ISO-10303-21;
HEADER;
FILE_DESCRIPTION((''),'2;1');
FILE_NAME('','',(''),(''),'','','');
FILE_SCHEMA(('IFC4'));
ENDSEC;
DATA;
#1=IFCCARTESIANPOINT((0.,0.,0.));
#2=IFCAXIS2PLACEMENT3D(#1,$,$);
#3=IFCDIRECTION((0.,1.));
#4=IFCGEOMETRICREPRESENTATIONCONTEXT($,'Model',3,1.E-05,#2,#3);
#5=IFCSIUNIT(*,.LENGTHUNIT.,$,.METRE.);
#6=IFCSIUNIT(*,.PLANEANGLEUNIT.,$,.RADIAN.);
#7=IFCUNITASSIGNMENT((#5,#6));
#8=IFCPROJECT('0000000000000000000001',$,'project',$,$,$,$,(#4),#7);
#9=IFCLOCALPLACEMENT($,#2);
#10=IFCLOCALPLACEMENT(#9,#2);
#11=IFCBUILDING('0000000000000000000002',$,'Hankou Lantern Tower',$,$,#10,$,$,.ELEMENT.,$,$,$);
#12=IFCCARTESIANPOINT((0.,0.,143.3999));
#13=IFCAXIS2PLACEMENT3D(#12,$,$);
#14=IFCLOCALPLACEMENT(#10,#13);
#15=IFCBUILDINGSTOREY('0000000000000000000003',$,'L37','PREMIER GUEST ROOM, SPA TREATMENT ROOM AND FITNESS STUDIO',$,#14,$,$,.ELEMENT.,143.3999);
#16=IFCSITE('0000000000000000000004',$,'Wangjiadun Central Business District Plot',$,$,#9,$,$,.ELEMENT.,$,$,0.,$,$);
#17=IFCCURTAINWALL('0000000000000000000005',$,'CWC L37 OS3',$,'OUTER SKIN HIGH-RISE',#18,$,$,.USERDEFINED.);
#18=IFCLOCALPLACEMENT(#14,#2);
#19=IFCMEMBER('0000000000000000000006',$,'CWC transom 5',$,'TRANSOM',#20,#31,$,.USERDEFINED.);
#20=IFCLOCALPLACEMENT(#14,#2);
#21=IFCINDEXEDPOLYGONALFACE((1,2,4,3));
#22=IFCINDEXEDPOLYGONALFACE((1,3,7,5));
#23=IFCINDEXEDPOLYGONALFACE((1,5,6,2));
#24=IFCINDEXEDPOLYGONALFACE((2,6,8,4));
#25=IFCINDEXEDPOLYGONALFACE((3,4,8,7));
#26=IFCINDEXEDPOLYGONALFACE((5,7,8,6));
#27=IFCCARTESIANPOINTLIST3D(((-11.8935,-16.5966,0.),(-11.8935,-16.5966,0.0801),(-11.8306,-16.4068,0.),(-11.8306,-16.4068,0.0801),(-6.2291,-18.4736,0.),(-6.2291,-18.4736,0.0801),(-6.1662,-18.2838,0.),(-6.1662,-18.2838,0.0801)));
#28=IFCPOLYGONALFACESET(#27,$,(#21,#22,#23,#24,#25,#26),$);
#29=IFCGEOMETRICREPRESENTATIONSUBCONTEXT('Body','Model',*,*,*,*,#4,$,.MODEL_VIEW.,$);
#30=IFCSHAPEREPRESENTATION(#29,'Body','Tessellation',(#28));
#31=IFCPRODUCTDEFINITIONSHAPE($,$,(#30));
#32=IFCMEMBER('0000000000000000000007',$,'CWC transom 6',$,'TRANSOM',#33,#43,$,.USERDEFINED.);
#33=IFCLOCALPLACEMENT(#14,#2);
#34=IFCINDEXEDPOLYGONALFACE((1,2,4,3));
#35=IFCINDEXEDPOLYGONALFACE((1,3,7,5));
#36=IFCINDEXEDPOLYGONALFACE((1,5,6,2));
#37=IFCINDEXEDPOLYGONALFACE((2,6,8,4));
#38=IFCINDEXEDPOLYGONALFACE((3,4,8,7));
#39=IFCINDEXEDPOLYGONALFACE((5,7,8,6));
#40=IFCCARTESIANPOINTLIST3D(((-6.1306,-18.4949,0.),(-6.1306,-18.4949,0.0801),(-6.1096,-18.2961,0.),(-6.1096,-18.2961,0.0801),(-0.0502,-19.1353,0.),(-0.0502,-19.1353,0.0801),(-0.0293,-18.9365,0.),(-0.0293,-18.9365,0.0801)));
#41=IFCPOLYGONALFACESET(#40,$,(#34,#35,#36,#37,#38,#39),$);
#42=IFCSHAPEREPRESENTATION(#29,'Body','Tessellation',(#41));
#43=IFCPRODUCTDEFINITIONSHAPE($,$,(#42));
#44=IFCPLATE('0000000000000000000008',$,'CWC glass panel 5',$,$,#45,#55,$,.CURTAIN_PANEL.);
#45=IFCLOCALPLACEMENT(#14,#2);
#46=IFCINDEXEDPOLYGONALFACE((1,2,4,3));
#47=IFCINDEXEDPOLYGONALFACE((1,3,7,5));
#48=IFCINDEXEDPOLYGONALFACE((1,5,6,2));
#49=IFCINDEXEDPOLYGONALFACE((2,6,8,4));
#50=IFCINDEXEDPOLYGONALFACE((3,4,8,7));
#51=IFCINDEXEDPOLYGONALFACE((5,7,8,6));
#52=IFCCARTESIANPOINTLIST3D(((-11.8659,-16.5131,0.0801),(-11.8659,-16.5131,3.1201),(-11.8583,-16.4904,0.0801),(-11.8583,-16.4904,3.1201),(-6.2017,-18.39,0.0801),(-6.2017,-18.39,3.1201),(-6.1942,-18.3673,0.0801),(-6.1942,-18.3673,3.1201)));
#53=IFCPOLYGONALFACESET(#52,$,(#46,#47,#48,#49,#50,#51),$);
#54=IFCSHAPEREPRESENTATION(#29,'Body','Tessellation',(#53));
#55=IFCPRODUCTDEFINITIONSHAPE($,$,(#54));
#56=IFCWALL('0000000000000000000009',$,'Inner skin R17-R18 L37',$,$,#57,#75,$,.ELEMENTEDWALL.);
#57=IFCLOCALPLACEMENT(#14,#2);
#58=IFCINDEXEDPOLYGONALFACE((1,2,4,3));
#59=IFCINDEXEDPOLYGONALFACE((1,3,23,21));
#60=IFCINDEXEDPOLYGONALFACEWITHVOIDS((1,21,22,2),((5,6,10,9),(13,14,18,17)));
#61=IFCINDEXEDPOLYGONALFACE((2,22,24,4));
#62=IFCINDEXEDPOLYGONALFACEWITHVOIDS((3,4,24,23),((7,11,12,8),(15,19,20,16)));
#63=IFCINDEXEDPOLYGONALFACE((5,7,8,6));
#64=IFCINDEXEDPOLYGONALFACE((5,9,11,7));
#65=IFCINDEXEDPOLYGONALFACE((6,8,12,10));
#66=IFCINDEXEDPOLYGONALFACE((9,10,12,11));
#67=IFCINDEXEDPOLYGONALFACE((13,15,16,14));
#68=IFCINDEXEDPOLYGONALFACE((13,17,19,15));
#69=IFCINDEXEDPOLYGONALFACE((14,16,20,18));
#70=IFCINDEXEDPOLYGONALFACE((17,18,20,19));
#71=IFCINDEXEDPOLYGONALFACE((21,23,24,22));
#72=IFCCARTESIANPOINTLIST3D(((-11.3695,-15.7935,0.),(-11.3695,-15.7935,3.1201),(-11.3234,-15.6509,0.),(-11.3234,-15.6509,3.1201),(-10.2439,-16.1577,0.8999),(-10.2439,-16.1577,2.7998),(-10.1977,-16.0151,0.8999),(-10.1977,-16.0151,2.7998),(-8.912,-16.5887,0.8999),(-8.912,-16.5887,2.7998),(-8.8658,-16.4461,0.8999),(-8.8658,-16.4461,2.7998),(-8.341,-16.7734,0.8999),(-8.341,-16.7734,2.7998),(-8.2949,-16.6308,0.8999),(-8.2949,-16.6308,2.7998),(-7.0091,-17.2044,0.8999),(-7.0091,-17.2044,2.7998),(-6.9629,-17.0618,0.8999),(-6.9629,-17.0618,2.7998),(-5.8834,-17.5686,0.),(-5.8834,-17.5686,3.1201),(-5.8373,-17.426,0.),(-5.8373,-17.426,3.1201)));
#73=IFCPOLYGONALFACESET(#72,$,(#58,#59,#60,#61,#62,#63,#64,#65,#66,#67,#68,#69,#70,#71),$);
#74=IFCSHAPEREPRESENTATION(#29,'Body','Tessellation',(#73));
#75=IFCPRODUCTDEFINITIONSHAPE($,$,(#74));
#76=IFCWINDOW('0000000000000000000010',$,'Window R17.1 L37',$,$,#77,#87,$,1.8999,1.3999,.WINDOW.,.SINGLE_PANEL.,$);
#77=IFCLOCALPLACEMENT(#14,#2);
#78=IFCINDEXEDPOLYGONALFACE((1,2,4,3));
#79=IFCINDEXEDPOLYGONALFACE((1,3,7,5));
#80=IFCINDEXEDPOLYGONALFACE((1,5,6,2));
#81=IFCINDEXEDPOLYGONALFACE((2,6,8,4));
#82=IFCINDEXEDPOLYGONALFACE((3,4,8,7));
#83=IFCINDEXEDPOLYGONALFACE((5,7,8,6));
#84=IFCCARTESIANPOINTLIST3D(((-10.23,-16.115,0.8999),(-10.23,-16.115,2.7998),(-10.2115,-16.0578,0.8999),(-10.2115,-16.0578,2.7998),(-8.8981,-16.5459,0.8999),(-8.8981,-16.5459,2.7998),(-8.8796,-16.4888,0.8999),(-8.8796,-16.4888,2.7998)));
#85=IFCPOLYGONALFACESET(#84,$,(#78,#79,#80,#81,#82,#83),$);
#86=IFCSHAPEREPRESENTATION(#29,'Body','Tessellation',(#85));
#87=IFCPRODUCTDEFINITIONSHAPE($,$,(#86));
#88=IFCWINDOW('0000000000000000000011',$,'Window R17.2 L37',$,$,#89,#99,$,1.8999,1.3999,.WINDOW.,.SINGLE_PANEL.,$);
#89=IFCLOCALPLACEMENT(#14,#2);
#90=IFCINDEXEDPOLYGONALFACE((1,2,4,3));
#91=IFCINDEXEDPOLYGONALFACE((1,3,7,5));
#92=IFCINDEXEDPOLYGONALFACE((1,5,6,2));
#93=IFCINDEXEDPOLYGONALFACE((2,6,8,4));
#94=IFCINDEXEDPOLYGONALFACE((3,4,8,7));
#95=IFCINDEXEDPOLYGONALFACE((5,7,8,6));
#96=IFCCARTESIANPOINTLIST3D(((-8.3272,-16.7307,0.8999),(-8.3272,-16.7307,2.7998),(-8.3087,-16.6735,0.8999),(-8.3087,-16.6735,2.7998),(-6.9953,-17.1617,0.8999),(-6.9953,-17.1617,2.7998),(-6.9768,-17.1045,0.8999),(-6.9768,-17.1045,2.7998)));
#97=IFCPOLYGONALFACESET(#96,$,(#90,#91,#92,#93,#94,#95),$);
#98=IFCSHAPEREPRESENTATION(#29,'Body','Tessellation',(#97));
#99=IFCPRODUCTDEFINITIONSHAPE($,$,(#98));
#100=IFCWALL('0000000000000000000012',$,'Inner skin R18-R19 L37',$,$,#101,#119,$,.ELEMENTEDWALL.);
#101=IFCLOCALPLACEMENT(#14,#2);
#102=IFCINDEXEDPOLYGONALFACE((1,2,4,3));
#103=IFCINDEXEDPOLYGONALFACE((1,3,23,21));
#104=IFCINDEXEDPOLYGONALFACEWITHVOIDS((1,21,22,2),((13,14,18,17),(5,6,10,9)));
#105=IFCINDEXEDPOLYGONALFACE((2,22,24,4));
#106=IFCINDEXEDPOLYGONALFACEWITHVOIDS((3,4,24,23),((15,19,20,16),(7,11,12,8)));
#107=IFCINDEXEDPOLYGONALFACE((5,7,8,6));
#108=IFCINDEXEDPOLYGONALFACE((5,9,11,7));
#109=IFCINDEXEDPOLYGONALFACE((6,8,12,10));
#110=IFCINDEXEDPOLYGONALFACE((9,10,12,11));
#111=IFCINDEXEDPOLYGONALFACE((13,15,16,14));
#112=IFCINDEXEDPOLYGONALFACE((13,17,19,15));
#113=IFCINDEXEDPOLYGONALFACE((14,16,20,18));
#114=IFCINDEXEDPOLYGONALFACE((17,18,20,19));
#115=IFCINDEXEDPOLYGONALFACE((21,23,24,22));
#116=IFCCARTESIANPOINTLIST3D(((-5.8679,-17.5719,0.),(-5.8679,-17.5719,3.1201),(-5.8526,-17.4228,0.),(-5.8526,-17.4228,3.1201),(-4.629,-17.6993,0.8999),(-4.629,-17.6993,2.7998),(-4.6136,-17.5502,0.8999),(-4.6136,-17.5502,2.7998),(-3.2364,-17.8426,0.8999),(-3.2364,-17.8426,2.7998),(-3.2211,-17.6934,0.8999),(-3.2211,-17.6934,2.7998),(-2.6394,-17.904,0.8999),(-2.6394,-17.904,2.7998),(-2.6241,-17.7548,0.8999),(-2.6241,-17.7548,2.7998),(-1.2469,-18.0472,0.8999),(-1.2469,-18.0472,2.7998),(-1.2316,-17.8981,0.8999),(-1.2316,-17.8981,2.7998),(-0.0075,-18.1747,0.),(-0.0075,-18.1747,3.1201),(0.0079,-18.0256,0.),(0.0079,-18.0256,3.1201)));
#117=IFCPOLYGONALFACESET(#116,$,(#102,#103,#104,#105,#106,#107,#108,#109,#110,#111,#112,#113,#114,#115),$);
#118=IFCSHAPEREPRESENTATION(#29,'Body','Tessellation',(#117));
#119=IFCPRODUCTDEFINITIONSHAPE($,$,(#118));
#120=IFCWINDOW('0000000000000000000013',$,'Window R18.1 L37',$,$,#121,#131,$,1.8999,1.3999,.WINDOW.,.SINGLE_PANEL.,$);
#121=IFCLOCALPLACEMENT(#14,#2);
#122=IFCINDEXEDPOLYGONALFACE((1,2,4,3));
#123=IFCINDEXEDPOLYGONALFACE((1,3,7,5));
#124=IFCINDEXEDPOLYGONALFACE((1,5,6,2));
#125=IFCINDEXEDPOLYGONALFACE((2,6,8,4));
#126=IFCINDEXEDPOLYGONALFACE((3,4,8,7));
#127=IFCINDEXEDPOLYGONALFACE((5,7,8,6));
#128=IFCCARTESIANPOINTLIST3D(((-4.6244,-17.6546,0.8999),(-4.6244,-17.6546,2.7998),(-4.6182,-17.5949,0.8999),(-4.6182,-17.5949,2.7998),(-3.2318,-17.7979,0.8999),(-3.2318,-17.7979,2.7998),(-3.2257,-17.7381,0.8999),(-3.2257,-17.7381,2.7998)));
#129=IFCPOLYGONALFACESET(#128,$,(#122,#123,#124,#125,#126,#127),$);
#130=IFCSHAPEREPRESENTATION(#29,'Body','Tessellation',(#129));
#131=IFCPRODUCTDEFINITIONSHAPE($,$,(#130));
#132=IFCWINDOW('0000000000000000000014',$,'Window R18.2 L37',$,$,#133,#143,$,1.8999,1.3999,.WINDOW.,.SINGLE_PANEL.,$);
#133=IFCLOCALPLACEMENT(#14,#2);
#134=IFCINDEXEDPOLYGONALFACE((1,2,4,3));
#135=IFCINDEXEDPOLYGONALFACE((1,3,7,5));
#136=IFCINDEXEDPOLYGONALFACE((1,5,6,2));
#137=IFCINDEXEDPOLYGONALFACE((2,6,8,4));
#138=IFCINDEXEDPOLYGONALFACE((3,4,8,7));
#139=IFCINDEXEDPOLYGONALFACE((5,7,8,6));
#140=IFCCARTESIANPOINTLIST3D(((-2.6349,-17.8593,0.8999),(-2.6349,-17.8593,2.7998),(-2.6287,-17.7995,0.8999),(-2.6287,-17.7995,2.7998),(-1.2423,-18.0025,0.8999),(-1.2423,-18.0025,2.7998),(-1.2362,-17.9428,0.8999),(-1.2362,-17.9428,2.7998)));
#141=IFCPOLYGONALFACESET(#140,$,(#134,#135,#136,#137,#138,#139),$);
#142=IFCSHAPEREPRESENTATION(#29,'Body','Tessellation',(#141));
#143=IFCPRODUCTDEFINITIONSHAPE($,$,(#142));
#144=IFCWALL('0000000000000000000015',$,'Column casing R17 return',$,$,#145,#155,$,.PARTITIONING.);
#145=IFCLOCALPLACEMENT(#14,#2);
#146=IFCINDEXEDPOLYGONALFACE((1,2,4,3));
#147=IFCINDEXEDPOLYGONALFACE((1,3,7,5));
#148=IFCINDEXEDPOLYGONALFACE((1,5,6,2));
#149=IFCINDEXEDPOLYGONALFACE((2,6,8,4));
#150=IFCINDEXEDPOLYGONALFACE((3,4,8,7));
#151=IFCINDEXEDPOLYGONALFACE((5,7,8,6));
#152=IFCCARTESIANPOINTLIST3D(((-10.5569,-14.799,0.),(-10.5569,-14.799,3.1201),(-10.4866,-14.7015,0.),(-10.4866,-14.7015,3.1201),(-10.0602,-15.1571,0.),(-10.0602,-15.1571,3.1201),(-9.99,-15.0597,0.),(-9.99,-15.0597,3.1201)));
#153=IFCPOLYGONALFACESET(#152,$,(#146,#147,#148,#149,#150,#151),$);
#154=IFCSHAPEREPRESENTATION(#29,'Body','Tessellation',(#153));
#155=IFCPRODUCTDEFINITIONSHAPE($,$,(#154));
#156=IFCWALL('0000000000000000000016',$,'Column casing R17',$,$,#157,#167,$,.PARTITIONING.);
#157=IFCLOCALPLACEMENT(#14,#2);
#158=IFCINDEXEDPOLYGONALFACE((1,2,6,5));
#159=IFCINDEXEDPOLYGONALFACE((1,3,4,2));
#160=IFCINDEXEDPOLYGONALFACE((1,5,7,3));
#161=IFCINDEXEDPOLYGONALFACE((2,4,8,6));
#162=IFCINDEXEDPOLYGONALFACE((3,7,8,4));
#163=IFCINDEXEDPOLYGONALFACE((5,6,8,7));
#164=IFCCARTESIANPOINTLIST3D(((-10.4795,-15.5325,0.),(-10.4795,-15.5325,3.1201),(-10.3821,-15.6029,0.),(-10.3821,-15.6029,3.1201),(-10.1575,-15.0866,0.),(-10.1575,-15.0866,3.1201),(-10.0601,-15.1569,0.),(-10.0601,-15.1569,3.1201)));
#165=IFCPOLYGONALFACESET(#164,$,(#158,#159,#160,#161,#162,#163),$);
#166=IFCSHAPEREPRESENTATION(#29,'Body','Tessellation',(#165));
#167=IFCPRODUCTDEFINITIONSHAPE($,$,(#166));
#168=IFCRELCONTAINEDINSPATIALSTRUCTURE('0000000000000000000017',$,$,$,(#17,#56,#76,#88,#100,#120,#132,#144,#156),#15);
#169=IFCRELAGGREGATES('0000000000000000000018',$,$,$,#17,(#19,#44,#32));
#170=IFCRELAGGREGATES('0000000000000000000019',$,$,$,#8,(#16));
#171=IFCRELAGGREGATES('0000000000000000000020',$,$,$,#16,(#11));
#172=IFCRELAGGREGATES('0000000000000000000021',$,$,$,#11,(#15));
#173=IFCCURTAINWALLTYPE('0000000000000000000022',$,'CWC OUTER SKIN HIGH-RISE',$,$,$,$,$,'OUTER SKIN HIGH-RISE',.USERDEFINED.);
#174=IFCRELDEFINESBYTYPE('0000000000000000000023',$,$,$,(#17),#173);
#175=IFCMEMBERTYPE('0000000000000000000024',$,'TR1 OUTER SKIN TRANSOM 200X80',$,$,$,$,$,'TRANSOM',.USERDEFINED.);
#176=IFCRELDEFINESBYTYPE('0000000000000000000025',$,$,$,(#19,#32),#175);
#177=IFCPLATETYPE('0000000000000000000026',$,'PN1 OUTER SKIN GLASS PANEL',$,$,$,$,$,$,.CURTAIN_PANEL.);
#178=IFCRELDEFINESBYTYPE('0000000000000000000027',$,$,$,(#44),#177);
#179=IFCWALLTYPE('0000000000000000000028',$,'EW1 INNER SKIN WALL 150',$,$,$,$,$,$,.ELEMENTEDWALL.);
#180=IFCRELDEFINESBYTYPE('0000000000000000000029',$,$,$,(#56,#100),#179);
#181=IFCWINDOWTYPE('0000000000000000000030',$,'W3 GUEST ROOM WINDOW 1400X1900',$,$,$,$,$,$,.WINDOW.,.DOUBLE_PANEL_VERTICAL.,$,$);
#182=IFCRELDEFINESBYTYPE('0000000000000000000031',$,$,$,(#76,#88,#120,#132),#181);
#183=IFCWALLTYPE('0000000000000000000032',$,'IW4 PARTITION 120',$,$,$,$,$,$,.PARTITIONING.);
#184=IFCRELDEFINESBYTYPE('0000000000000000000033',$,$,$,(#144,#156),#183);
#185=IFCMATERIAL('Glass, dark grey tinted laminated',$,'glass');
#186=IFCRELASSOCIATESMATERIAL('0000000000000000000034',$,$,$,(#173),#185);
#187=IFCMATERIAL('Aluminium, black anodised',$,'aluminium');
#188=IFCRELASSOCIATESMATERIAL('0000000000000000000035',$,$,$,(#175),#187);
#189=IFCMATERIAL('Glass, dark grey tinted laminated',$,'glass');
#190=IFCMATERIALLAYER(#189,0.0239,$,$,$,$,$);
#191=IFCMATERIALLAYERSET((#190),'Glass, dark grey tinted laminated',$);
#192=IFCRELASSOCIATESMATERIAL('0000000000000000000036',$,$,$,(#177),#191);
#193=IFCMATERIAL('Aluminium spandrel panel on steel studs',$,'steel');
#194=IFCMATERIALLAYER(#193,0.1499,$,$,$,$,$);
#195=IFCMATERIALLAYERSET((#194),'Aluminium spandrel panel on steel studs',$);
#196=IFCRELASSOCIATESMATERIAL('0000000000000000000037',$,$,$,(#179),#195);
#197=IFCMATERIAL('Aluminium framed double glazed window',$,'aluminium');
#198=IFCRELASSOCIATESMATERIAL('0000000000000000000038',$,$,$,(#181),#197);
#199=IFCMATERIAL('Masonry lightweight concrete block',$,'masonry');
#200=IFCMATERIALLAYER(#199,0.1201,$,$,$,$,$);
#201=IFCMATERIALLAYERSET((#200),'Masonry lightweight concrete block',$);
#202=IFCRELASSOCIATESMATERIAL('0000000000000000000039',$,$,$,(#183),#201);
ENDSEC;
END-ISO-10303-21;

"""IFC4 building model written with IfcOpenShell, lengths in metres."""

from ifc_helpers import new_model, si_unit, direction, frame, frame_2d, origin, origin_2d, place, context, subcontext, project, spatial, rectangle, extrude, material, layer, layer_set, material_profile, profile_set, type_object, element, fill, aggregate, save


model = new_model("IFC4")

# Units and contexts
model_context = context("Model", 3, precision=1e-05, world=origin(), true_north=direction((0.0, 1.0)))
body_context = subcontext(model_context, "Body", "Model", "MODEL_VIEW")
ifc_project = project(units=[si_unit("LENGTHUNIT", "METRE"), si_unit("PLANEANGLEUNIT", "RADIAN")], contexts=[model_context])

# Site, building, storey
site_placement = place(None, origin())
site = spatial("IfcSite", under=ifc_project, at=site_placement, Name="Wangjiadun Central Business District Plot", CompositionType="ELEMENT", RefElevation=0.0)
building_placement = place(site_placement, origin())
building = spatial("IfcBuilding", under=site, at=building_placement, Name="Hankou Lantern Tower", CompositionType="ELEMENT")
storey_placement = place(building_placement, frame((0.0, 0.0, 143.3999)))
storey = spatial("IfcBuildingStorey", under=building, at=storey_placement, Name="L37", Description="PREMIER GUEST ROOM, SPA TREATMENT ROOM AND FITNESS STUDIO", CompositionType="ELEMENT", Elevation=143.3999)

# Curtain wall
ifc_material_1 = material(Name="Glass, dark grey tinted laminated", Category="glass")
curtain_wall_type = type_object("IfcCurtainWallType", Name="CWC OUTER SKIN HIGH-RISE", ElementType="OUTER SKIN HIGH-RISE", PredefinedType="USERDEFINED", material=ifc_material_1)
curtain_wall_placement = place(storey_placement, origin())
curtain_wall = element("IfcCurtainWall", 1, at=curtain_wall_placement, inside=storey, type_object=curtain_wall_type, Name="CWC L37 OS3", ObjectType="OUTER SKIN HIGH-RISE", PredefinedType="USERDEFINED")

# Members
ifc_material_2 = material(Name="Aluminium, black anodised", Category="aluminium")
ifc_material_profile_1 = material_profile(ifc_material_2, rectangle(XDim=0.2, YDim=0.0801, at=origin_2d()), Name="TR1 200X80")
ifc_profile_set_1 = profile_set([ifc_material_profile_1], Name="Aluminium, black anodised")
member_type_1 = type_object("IfcMemberType", Name="TR1 OUTER SKIN TRANSOM 200X80", ElementType="TRANSOM", PredefinedType="USERDEFINED", material=ifc_profile_set_1)
member_1_placement = place(storey_placement, frame((-11.8621, -16.5017, 0.04), z_axis=(0.949242, -0.314546, 0.0), x_axis=(0.314546, 0.949242, 0.0)))
member_1 = element("IfcMember", 2, at=member_1_placement, type_object=member_type_1, Name="CWC transom 5", ObjectType="TRANSOM", PredefinedType="USERDEFINED", context=body_context, shape_type="SweptSolid", body=[
    extrude(rectangle(XDim=0.2, YDim=0.0801, at=origin_2d()), origin(), (0.0, 0.0, 1.0), 5.9673),
])
member_2_placement = place(storey_placement, frame((-6.1201, -18.3955, 0.04), z_axis=(0.9945, -0.104741, 0.0), x_axis=(0.104741, 0.9945, 0.0)))
member_2 = element("IfcMember", 3, at=member_2_placement, type_object=member_type_1, Name="CWC transom 6", ObjectType="TRANSOM", PredefinedType="USERDEFINED", context=body_context, shape_type="SweptSolid", body=[
    extrude(rectangle(XDim=0.2, YDim=0.0801, at=origin_2d()), origin(), (0.0, 0.0, 1.0), 6.114),
])

# Plate
ifc_material_3 = material(Name="Glass, dark grey tinted laminated", Category="glass")
ifc_layer_1 = layer(ifc_material_3, 0.0239)
ifc_layer_set_1 = layer_set([ifc_layer_1], Name="Glass, dark grey tinted laminated")
plate_type = type_object("IfcPlateType", Name="PN1 OUTER SKIN GLASS PANEL", PredefinedType="CURTAIN_PANEL", material=ifc_layer_set_1)
plate_placement = place(storey_placement, frame((-9.03, -17.4402, 0.0801), z_axis=(0.0, 0.0, 1.0), x_axis=(0.949241, -0.314551, 0.0)))
plate = element("IfcPlate", 4, at=plate_placement, type_object=plate_type, Name="CWC glass panel 5", PredefinedType="CURTAIN_PANEL", context=body_context, shape_type="SweptSolid", body=[
    extrude(rectangle(XDim=5.967, YDim=0.0239, at=origin_2d()), origin(), (0.0, 0.0, 1.0), 3.04),
])
aggregate(curtain_wall, [member_1, plate, member_2])

# Walls, openings, windows
ifc_material_4 = material(Name="Aluminium spandrel panel on steel studs", Category="steel")
ifc_layer_2 = layer(ifc_material_4, 0.1499)
ifc_layer_set_2 = layer_set([ifc_layer_2], Name="Aluminium spandrel panel on steel studs")
wall_type_1 = type_object("IfcWallType", Name="EW1 INNER SKIN WALL 150", PredefinedType="ELEMENTEDWALL", material=ifc_layer_set_2)
wall_1_placement = place(storey_placement, frame((-11.3464, -15.7222, 0.0), z_axis=(0.0, 0.0, 1.0), x_axis=(0.951432, -0.307857, 0.0)))
wall_1 = element("IfcWall", 5, at=wall_1_placement, inside=storey, type_object=wall_type_1, Name="Inner skin R17-R18 L37", PredefinedType="ELEMENTEDWALL", context=body_context, shape_type="SweptSolid", body=[
    extrude(rectangle(XDim=5.7661, YDim=0.1499, at=frame_2d((2.8831, 0.0))), origin(), (0.0, 0.0, 1.0), 3.1201),
])
opening_1_placement = place(wall_1_placement, frame((1.1831, 0.0, 0.8999)))
opening_1 = element("IfcOpeningElement", 6, at=opening_1_placement, cuts=wall_1, PredefinedType="OPENING", context=body_context, shape_type="SweptSolid", body=[
    extrude(rectangle(XDim=1.3999, YDim=1.8999, at=frame_2d((0.7, 0.95))), frame((0.0, 0.085, 0.0), z_axis=(0.0, -1.0, 0.0), x_axis=(1.0, 0.0, 0.0)), (0.0, 0.0, 1.0), 0.1699),
])
opening_2_placement = place(wall_1_placement, frame((3.1831, 0.0, 0.8999)))
opening_2 = element("IfcOpeningElement", 7, at=opening_2_placement, cuts=wall_1, PredefinedType="OPENING", context=body_context, shape_type="SweptSolid", body=[
    extrude(rectangle(XDim=1.3999, YDim=1.8999, at=frame_2d((0.7, 0.95))), frame((0.0, 0.085, 0.0), z_axis=(0.0, -1.0, 0.0), x_axis=(1.0, 0.0, 0.0)), (0.0, 0.0, 1.0), 0.1699),
])
ifc_material_5 = material(Name="Aluminium framed double glazed window", Category="aluminium")
window_type = type_object("IfcWindowType", Name="W3 GUEST ROOM WINDOW 1400X1900", PartitioningType="DOUBLE_PANEL_VERTICAL", PredefinedType="WINDOW", material=ifc_material_5)
window_1_placement = place(opening_1_placement, origin())
window_1 = element("IfcWindow", 8, at=window_1_placement, inside=storey, type_object=window_type, Name="Window R17.1 L37", OverallHeight=1.8999, OverallWidth=1.3999, PartitioningType="SINGLE_PANEL", PredefinedType="WINDOW", context=body_context, shape_type="SweptSolid", body=[
    extrude(rectangle(XDim=1.3999, YDim=1.8999, at=frame_2d((0.7, 0.95))), frame((0.0, 0.03, 0.0), z_axis=(0.0, -1.0, 0.0), x_axis=(1.0, 0.0, 0.0)), (0.0, 0.0, 1.0), 0.0601),
])
fill(opening_1, window_1)
window_2_placement = place(opening_2_placement, origin())
window_2 = element("IfcWindow", 9, at=window_2_placement, inside=storey, type_object=window_type, Name="Window R17.2 L37", OverallHeight=1.8999, OverallWidth=1.3999, PartitioningType="SINGLE_PANEL", PredefinedType="WINDOW", context=body_context, shape_type="SweptSolid", body=[
    extrude(rectangle(XDim=1.3999, YDim=1.8999, at=frame_2d((0.7, 0.95))), frame((0.0, 0.03, 0.0), z_axis=(0.0, -1.0, 0.0), x_axis=(1.0, 0.0, 0.0)), (0.0, 0.0, 1.0), 0.0601),
])
fill(opening_2, window_2)
wall_2_placement = place(storey_placement, frame((-5.8604, -17.4973, 0.0), z_axis=(0.0, 0.0, 1.0), x_axis=(0.994752, -0.102318, 0.0)))
wall_2 = element("IfcWall", 10, at=wall_2_placement, inside=storey, type_object=wall_type_1, Name="Inner skin R18-R19 L37", PredefinedType="ELEMENTEDWALL", context=body_context, shape_type="SweptSolid", body=[
    extrude(rectangle(XDim=5.8914, YDim=0.1499, at=frame_2d((2.9458, 0.0))), origin(), (0.0, 0.0, 1.0), 3.1201),
])
opening_3_placement = place(wall_2_placement, frame((1.2456, 0.0, 0.8999)))
opening_3 = element("IfcOpeningElement", 11, at=opening_3_placement, cuts=wall_2, PredefinedType="OPENING", context=body_context, shape_type="SweptSolid", body=[
    extrude(rectangle(XDim=1.3999, YDim=1.8999, at=frame_2d((0.7, 0.95))), frame((0.0, 0.085, 0.0), z_axis=(0.0, -1.0, 0.0), x_axis=(1.0, 0.0, 0.0)), (0.0, 0.0, 1.0), 0.1699),
])
opening_4_placement = place(wall_2_placement, frame((3.2456, 0.0, 0.8999)))
opening_4 = element("IfcOpeningElement", 12, at=opening_4_placement, cuts=wall_2, PredefinedType="OPENING", context=body_context, shape_type="SweptSolid", body=[
    extrude(rectangle(XDim=1.3999, YDim=1.8999, at=frame_2d((0.7, 0.95))), frame((0.0, 0.085, 0.0), z_axis=(0.0, -1.0, 0.0), x_axis=(1.0, 0.0, 0.0)), (0.0, 0.0, 1.0), 0.1699),
])
window_3_placement = place(opening_3_placement, origin())
window_3 = element("IfcWindow", 13, at=window_3_placement, inside=storey, type_object=window_type, Name="Window R18.1 L37", OverallHeight=1.8999, OverallWidth=1.3999, PartitioningType="SINGLE_PANEL", PredefinedType="WINDOW", context=body_context, shape_type="SweptSolid", body=[
    extrude(rectangle(XDim=1.3999, YDim=1.8999, at=frame_2d((0.7, 0.95))), frame((0.0, 0.03, 0.0), z_axis=(0.0, -1.0, 0.0), x_axis=(1.0, 0.0, 0.0)), (0.0, 0.0, 1.0), 0.0601),
])
fill(opening_3, window_3)
window_4_placement = place(opening_4_placement, origin())
window_4 = element("IfcWindow", 14, at=window_4_placement, inside=storey, type_object=window_type, Name="Window R18.2 L37", OverallHeight=1.8999, OverallWidth=1.3999, PartitioningType="SINGLE_PANEL", PredefinedType="WINDOW", context=body_context, shape_type="SweptSolid", body=[
    extrude(rectangle(XDim=1.3999, YDim=1.8999, at=frame_2d((0.7, 0.95))), frame((0.0, 0.03, 0.0), z_axis=(0.0, -1.0, 0.0), x_axis=(1.0, 0.0, 0.0)), (0.0, 0.0, 1.0), 0.0601),
])
fill(opening_4, window_4)

# Walls
ifc_material_6 = material(Name="Masonry lightweight concrete block", Category="masonry")
ifc_layer_3 = layer(ifc_material_6, 0.1201)
ifc_layer_set_3 = layer_set([ifc_layer_3], Name="Masonry lightweight concrete block")
wall_type_2 = type_object("IfcWallType", Name="IW4 PARTITION 120", PredefinedType="PARTITIONING", material=ifc_layer_set_3)
wall_3_placement = place(storey_placement, frame((-10.5217, -14.7502, 0.0), z_axis=(0.0, 0.0, 1.0), x_axis=(0.811058, -0.584966, 0.0)))
element("IfcWall", 15, at=wall_3_placement, inside=storey, type_object=wall_type_2, Name="Column casing R17 return", PredefinedType="PARTITIONING", context=body_context, shape_type="SweptSolid", body=[
    extrude(rectangle(XDim=0.6123, YDim=0.1201, at=frame_2d((0.3062, 0.0))), origin(), (0.0, 0.0, 1.0), 3.1201),
])
wall_4_placement = place(storey_placement, frame((-10.1089, -15.1218, 0.0), z_axis=(0.0, 0.0, 1.0), x_axis=(-0.585345, -0.810785, 0.0)))
element("IfcWall", 16, at=wall_4_placement, inside=storey, type_object=wall_type_2, Name="Column casing R17", PredefinedType="PARTITIONING", context=body_context, shape_type="SweptSolid", body=[
    extrude(rectangle(XDim=0.55, YDim=0.1201, at=frame_2d((0.2749, 0.0))), origin(), (0.0, 0.0, 1.0), 3.1201),
])

save(model, "model.ifc")
